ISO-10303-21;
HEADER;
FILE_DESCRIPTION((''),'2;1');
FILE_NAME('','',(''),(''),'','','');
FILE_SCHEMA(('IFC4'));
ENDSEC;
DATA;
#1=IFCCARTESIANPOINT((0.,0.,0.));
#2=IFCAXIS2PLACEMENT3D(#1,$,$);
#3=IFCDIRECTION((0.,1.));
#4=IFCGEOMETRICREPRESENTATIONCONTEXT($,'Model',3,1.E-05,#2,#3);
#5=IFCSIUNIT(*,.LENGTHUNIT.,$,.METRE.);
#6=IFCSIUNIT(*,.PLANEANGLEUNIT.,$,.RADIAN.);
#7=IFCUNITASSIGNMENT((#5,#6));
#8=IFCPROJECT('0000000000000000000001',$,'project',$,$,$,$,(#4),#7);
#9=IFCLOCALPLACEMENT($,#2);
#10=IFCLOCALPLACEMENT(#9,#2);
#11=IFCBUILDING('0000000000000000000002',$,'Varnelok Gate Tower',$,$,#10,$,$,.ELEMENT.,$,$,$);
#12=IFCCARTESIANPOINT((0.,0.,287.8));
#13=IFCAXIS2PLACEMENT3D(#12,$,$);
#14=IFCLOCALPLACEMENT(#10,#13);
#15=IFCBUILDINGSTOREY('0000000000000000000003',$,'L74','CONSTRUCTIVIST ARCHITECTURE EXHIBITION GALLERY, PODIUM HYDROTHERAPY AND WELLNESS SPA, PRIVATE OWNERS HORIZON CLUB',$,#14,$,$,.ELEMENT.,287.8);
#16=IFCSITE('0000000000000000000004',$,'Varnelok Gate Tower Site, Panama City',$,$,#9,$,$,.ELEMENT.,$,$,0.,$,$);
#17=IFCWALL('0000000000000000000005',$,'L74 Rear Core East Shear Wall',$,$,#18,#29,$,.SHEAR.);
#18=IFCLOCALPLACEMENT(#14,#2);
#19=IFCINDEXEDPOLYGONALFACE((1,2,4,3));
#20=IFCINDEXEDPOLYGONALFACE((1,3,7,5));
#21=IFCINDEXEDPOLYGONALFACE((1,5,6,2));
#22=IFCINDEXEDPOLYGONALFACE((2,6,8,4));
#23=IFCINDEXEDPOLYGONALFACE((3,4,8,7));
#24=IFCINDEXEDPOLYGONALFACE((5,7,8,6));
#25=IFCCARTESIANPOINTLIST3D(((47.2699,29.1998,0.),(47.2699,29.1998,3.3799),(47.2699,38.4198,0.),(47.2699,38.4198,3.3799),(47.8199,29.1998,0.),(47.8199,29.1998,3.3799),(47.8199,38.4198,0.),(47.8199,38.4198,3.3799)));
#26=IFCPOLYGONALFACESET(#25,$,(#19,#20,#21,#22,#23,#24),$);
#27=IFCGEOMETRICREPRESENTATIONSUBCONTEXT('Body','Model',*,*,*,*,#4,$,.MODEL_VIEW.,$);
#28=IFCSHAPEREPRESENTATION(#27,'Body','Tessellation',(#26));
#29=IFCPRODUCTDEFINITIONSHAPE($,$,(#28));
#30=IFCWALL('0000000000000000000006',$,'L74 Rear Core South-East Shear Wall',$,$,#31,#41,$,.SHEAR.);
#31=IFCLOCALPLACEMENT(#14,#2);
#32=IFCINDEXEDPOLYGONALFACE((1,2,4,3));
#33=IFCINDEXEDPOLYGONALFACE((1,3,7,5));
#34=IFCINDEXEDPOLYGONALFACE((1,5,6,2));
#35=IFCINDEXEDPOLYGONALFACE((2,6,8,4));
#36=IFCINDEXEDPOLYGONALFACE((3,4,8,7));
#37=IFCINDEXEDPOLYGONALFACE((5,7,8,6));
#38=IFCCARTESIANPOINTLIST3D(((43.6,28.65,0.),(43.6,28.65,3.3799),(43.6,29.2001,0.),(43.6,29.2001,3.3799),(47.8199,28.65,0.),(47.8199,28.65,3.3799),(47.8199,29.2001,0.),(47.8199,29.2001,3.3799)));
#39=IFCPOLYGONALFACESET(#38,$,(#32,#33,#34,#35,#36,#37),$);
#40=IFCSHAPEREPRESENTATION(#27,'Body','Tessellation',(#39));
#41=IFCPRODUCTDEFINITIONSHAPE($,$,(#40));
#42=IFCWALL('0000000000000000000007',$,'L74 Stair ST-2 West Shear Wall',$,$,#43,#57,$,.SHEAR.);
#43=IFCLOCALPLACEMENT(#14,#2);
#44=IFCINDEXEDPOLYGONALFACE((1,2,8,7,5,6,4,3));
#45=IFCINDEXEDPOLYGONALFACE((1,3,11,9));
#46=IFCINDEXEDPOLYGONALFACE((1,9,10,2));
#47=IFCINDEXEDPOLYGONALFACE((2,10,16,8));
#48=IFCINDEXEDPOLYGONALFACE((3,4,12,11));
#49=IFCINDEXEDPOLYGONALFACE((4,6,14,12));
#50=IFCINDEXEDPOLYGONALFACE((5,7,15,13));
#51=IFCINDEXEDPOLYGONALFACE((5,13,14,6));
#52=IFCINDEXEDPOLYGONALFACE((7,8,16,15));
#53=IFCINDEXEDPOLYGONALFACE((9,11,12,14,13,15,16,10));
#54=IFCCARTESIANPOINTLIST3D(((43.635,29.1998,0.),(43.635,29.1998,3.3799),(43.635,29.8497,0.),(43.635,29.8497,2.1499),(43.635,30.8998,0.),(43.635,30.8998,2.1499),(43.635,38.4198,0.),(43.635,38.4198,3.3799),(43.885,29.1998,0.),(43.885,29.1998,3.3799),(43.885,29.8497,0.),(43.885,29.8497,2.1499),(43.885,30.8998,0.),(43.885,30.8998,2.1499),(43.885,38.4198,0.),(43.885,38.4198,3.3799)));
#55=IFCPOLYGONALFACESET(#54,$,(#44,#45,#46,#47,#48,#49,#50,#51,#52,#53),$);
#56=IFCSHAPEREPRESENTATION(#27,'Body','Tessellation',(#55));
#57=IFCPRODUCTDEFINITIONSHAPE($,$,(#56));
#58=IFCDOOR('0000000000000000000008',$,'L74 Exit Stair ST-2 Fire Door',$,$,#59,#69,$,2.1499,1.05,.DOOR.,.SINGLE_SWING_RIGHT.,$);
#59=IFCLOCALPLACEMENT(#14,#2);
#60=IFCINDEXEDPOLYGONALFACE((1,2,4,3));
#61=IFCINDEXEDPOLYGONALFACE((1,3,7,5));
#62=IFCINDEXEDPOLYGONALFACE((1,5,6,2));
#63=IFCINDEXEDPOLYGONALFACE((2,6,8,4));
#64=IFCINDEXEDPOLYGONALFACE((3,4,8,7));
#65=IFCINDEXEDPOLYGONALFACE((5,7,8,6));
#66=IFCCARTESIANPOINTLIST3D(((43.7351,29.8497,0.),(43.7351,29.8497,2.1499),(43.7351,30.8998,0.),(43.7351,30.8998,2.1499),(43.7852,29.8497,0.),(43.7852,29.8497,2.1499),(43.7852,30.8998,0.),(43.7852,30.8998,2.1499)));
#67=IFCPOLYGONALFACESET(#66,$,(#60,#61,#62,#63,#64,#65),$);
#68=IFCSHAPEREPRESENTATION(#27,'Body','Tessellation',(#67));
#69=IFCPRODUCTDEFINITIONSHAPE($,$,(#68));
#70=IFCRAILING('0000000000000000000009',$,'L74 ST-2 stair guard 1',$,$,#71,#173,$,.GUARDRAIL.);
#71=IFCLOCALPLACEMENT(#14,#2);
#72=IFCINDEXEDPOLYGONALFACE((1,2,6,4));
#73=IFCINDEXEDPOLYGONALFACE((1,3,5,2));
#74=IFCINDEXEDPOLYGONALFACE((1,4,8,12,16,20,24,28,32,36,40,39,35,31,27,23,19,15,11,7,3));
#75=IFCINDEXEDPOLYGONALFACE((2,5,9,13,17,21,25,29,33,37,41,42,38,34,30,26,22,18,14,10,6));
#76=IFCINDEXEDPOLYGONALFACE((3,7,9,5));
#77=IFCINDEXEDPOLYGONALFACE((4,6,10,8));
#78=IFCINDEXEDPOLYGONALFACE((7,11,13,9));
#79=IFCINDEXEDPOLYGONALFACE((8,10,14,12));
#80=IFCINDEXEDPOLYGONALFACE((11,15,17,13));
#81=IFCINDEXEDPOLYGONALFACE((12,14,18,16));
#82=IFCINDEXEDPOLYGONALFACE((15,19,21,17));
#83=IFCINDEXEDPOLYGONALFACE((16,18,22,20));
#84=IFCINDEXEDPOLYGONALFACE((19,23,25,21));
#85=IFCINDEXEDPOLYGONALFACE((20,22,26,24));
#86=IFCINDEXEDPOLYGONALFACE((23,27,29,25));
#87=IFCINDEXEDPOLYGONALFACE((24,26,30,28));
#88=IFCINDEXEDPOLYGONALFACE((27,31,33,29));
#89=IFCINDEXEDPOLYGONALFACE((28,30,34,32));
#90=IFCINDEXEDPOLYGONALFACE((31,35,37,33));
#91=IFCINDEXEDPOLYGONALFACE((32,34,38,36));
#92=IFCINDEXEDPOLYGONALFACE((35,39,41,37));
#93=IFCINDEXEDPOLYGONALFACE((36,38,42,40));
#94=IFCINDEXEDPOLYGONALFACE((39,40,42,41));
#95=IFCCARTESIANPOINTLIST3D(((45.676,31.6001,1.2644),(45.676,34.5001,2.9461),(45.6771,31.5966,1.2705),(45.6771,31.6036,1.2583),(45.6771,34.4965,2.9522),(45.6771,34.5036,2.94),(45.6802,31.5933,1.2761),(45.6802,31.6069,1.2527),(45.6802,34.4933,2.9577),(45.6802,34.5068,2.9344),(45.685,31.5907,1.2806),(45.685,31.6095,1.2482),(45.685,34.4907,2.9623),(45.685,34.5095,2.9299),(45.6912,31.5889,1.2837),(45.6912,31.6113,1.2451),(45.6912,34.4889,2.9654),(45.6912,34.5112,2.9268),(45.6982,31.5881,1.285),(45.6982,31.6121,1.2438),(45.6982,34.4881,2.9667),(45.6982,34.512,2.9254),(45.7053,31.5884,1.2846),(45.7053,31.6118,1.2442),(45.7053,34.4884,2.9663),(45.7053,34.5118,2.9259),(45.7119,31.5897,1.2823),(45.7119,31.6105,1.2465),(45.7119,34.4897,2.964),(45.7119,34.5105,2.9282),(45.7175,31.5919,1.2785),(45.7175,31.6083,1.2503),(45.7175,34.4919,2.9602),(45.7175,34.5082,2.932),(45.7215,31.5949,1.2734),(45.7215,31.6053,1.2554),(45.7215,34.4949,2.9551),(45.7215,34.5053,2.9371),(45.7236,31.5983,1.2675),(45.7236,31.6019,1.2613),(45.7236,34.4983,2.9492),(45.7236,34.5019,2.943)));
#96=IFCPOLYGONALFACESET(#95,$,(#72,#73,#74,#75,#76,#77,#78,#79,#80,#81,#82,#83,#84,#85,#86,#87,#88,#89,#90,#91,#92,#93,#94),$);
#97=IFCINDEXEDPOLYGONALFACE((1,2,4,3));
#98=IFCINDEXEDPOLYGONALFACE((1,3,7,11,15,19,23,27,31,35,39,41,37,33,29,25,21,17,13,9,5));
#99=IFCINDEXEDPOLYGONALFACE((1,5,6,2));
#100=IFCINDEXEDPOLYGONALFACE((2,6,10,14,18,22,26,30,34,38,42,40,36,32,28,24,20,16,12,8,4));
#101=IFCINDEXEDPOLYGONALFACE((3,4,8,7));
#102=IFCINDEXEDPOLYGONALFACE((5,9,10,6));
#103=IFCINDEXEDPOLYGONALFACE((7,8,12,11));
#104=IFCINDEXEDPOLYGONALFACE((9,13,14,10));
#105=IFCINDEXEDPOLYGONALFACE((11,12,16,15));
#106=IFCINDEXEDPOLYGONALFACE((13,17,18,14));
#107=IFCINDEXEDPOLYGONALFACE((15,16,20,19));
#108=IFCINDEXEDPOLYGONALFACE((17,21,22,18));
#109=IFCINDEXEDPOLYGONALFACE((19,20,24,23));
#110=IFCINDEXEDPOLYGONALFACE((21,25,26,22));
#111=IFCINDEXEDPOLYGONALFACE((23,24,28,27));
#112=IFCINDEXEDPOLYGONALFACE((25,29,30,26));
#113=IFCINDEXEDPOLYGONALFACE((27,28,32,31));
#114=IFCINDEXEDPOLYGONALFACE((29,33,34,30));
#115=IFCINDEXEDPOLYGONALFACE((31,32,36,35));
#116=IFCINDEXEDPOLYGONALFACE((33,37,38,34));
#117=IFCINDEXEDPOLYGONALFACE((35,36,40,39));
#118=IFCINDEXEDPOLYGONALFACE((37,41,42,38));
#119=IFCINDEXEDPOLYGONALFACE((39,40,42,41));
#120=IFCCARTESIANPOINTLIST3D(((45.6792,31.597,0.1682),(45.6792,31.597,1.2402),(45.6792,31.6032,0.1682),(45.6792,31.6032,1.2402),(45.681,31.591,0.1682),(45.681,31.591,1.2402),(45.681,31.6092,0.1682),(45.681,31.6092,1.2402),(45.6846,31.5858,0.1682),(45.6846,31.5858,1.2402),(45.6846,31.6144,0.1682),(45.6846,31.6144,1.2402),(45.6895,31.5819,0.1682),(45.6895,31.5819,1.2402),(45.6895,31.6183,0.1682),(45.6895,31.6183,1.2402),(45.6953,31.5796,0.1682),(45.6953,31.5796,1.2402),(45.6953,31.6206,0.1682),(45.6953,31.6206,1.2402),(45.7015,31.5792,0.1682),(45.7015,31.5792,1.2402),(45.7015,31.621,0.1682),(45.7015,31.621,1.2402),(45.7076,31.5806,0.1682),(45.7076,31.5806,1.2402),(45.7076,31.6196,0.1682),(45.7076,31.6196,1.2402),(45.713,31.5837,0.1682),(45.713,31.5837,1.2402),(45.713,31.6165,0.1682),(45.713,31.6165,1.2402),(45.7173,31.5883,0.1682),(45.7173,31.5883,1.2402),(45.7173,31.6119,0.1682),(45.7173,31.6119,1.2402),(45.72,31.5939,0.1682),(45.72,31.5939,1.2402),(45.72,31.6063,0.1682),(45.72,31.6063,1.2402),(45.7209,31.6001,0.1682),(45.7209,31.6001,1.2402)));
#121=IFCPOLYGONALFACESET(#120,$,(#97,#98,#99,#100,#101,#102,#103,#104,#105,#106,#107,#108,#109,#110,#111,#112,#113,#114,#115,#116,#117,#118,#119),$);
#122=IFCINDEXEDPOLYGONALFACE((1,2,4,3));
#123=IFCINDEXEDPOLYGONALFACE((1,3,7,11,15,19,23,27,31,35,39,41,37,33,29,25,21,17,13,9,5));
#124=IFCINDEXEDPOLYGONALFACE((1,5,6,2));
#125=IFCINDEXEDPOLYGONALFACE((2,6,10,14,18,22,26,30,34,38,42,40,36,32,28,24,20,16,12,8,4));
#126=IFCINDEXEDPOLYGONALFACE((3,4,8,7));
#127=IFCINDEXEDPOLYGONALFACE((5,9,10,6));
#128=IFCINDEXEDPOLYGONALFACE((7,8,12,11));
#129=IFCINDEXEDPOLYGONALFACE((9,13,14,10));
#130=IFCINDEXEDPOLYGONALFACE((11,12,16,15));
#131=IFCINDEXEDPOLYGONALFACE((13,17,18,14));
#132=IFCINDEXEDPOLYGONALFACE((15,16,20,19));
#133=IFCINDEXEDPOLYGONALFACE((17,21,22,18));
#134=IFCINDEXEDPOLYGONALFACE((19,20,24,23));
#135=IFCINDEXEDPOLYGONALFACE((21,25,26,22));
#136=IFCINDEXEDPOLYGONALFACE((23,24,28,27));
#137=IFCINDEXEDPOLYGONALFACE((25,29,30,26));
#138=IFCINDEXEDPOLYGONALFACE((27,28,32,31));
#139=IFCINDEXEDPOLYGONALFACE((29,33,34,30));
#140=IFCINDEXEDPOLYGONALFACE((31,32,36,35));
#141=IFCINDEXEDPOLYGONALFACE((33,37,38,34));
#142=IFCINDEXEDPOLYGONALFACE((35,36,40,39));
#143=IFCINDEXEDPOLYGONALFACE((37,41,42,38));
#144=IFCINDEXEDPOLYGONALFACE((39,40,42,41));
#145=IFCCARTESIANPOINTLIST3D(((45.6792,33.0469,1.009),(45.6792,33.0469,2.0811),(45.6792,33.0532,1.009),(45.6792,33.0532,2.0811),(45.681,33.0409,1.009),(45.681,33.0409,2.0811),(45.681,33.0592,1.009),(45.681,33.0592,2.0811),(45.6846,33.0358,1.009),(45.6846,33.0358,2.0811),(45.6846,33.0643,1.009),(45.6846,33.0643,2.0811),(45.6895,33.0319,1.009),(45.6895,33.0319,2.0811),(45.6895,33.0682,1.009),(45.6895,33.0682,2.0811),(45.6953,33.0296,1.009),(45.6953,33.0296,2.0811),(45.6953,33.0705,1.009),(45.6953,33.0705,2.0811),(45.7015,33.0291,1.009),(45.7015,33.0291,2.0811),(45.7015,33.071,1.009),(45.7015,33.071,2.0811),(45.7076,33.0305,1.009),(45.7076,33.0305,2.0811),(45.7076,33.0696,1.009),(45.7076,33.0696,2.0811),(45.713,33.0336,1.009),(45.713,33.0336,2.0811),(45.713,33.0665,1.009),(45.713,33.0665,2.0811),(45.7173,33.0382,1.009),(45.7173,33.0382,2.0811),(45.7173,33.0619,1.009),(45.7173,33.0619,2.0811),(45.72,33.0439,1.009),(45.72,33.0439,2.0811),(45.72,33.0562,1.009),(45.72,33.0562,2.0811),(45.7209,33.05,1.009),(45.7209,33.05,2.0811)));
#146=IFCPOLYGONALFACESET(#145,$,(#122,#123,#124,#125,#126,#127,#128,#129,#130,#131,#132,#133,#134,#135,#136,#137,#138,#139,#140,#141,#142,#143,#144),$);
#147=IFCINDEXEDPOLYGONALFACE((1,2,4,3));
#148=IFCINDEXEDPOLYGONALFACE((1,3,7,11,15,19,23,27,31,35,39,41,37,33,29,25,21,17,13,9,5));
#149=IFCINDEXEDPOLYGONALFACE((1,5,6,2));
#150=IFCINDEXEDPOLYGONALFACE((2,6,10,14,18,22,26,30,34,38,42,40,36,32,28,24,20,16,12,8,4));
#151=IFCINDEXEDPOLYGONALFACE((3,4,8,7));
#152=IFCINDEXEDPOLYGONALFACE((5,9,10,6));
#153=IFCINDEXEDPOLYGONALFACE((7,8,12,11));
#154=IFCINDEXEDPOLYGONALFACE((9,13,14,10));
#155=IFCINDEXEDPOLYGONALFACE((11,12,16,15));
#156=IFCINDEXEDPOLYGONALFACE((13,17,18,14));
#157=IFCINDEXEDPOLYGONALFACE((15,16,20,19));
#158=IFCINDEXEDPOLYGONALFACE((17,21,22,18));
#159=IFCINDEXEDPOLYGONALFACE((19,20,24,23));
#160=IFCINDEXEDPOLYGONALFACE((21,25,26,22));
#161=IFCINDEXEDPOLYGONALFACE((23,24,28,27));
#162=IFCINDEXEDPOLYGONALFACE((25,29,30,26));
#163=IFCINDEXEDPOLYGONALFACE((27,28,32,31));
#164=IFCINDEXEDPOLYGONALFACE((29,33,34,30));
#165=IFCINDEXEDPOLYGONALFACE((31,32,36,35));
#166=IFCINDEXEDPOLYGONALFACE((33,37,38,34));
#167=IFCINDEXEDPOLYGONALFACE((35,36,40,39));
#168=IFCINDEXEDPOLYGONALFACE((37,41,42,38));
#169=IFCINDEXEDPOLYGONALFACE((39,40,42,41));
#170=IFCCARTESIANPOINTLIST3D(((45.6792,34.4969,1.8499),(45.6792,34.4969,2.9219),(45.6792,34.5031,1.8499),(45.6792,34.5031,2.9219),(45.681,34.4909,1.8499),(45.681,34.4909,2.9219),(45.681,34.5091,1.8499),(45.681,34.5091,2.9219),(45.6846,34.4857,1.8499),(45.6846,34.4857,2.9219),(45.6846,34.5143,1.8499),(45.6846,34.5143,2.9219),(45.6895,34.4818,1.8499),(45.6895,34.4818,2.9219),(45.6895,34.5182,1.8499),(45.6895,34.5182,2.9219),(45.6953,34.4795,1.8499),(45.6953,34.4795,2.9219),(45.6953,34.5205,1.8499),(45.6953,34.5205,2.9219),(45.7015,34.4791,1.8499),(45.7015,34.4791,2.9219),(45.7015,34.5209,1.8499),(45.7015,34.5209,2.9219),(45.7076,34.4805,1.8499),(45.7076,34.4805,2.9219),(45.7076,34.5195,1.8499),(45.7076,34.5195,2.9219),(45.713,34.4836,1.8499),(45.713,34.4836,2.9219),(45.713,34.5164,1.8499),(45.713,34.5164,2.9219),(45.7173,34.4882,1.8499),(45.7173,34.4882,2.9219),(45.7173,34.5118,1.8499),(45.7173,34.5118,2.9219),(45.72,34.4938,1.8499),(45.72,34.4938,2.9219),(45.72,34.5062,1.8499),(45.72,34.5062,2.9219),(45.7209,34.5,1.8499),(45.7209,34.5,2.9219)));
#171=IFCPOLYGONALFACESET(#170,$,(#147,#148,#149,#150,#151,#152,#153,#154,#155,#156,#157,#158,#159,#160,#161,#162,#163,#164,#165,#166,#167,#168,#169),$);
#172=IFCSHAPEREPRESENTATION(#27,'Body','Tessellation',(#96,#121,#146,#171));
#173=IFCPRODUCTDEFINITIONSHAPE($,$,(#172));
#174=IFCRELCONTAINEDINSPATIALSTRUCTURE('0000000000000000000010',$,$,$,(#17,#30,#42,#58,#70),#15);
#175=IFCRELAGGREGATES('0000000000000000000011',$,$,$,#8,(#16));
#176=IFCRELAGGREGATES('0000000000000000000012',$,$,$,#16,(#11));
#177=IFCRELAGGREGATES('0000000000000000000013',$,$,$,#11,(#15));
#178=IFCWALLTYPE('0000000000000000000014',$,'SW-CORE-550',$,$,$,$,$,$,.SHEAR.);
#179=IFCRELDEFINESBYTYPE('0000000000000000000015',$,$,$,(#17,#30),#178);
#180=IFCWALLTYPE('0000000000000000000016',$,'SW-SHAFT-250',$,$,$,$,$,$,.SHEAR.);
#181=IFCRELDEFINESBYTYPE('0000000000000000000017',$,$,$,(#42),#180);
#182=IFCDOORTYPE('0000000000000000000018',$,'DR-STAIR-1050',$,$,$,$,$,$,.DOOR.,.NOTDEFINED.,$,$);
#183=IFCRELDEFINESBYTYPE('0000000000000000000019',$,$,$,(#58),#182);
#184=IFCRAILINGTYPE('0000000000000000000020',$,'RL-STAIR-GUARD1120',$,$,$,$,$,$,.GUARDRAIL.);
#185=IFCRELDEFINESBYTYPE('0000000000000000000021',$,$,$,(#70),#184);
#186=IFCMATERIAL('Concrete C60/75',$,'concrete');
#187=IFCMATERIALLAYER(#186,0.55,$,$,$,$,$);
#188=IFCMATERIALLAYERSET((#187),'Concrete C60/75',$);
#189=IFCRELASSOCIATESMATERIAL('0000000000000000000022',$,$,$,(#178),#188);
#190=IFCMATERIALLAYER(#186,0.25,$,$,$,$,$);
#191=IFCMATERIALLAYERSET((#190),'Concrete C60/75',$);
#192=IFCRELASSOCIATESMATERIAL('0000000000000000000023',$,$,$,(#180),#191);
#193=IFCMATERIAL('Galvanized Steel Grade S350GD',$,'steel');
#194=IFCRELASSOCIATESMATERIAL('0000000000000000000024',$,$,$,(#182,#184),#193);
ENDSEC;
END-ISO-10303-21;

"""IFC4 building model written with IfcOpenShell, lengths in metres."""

from ifc_helpers import new_model, si_unit, direction, frame, frame_2d, origin, origin_2d, place, context, subcontext, project, spatial, rectangle, circle, extrude, material, layer, layer_set, type_object, element, fill, save


model = new_model("IFC4")

# Units and contexts
model_context = context("Model", 3, precision=1e-05, world=origin(), true_north=direction((0.0, 1.0)))
body_context = subcontext(model_context, "Body", "Model", "MODEL_VIEW")
ifc_project = project(units=[si_unit("LENGTHUNIT", "METRE"), si_unit("PLANEANGLEUNIT", "RADIAN")], contexts=[model_context])

# Site, building, storey
site_placement = place(None, origin())
site = spatial("IfcSite", under=ifc_project, at=site_placement, Name="Varnelok Gate Tower Site, Panama City", CompositionType="ELEMENT", RefElevation=0.0)
building_placement = place(site_placement, origin())
building = spatial("IfcBuilding", under=site, at=building_placement, Name="Varnelok Gate Tower", CompositionType="ELEMENT")
storey_placement = place(building_placement, frame((0.0, 0.0, 287.8)))
storey = spatial("IfcBuildingStorey", under=building, at=storey_placement, Name="L74", Description="CONSTRUCTIVIST ARCHITECTURE EXHIBITION GALLERY, PODIUM HYDROTHERAPY AND WELLNESS SPA, PRIVATE OWNERS HORIZON CLUB", CompositionType="ELEMENT", Elevation=287.8)

# Shared definitions
ifc_material_1 = material(Name="Galvanized Steel Grade S350GD", Category="steel")

# Walls
ifc_material_2 = material(Name="Concrete C60/75", Category="concrete")
ifc_layer_1 = layer(ifc_material_2, 0.55)
ifc_layer_set_1 = layer_set([ifc_layer_1], Name="Concrete C60/75")
wall_type_1 = type_object("IfcWallType", Name="SW-CORE-550", PredefinedType="SHEAR", material=ifc_layer_set_1)
wall_1_placement = place(storey_placement, frame((47.5449, 29.2, 0.0), z_axis=(0.0, 0.0, 1.0), x_axis=(0.0, 1.0, 0.0)))
element("IfcWall", 1, at=wall_1_placement, inside=storey, type_object=wall_type_1, Name="L74 Rear Core East Shear Wall", PredefinedType="SHEAR", context=body_context, shape_type="SweptSolid", body=[
    extrude(rectangle(XDim=9.22, YDim=0.55, at=frame_2d((4.6099, 0.0))), origin(), (0.0, 0.0, 1.0), 3.3799),
])
wall_2_placement = place(storey_placement, frame((43.6001, 28.925, 0.0), z_axis=(0.0, 0.0, 1.0), x_axis=(1.0, 0.0, 0.0)))
element("IfcWall", 2, at=wall_2_placement, inside=storey, type_object=wall_type_1, Name="L74 Rear Core South-East Shear Wall", PredefinedType="SHEAR", context=body_context, shape_type="SweptSolid", body=[
    extrude(rectangle(XDim=4.22, YDim=0.55, at=frame_2d((2.1099, 0.0))), origin(), (0.0, 0.0, 1.0), 3.3799),
])

# Wall, opening, door
ifc_layer_2 = layer(ifc_material_2, 0.25)
ifc_layer_set_2 = layer_set([ifc_layer_2], Name="Concrete C60/75")
wall_type_2 = type_object("IfcWallType", Name="SW-SHAFT-250", PredefinedType="SHEAR", material=ifc_layer_set_2)
wall_3_placement = place(storey_placement, frame((43.76, 29.2, 0.0), z_axis=(0.0, 0.0, 1.0), x_axis=(0.0, 1.0, 0.0)))
wall_3 = element("IfcWall", 3, at=wall_3_placement, inside=storey, type_object=wall_type_2, Name="L74 Stair ST-2 West Shear Wall", PredefinedType="SHEAR", context=body_context, shape_type="SweptSolid", body=[
    extrude(rectangle(XDim=9.22, YDim=0.25, at=frame_2d((4.6099, 0.0))), origin(), (0.0, 0.0, 1.0), 3.3799),
])
opening_1_placement = place(wall_3_placement, frame((0.6499, 0.0, 0.0)))
opening_1 = element("IfcOpeningElement", 4, at=opening_1_placement, cuts=wall_3, PredefinedType="OPENING", context=body_context, shape_type="SweptSolid", body=[
    extrude(rectangle(XDim=1.05, YDim=2.1499, at=frame_2d((0.5249, 1.075))), frame((0.0, 0.135, 0.0), z_axis=(0.0, -1.0, 0.0), x_axis=(1.0, 0.0, 0.0)), (0.0, 0.0, 1.0), 0.27),
])
door_type_1 = type_object("IfcDoorType", Name="DR-STAIR-1050", OperationType="NOTDEFINED", PredefinedType="DOOR", material=ifc_material_1)
door_1_placement = place(opening_1_placement, origin())
door_1 = element("IfcDoor", 5, at=door_1_placement, inside=storey, type_object=door_type_1, Name="L74 Exit Stair ST-2 Fire Door", OperationType="SINGLE_SWING_RIGHT", OverallHeight=2.1499, OverallWidth=1.05, PredefinedType="DOOR", context=body_context, shape_type="SweptSolid", body=[
    extrude(rectangle(XDim=1.05, YDim=2.1499, at=frame_2d((0.5249, 1.075))), frame((0.0, 0.0249, 0.0), z_axis=(0.0, -1.0, 0.0), x_axis=(1.0, 0.0, 0.0)), (0.0, 0.0, 1.0), 0.05),
])
fill(opening_1, door_1)

# Railing
railing_type_1 = type_object("IfcRailingType", Name="RL-STAIR-GUARD1120", PredefinedType="GUARDRAIL", material=ifc_material_1)
railing_1_placement = place(storey_placement, frame((45.7, 31.6001, 0.1682)))
element("IfcRailing", 6, at=railing_1_placement, inside=storey, type_object=railing_type_1, Name="L74 ST-2 stair guard 1", PredefinedType="GUARDRAIL", context=body_context, shape_type="SweptSolid", body=[
    extrude(circle(Radius=0.0239, at=origin_2d()), frame((0.0, 0.0, 1.0962), z_axis=(0.0, 0.86507, 0.501651), x_axis=(-1.0, 0.0, 0.0)), (0.0, 0.0, 1.0), 3.3523),
    extrude(circle(Radius=0.021, at=origin_2d()), origin(), (0.0, 0.0, 1.0), 1.072),
    extrude(circle(Radius=0.021, at=origin_2d()), frame((0.0, 1.45, 0.8408)), (0.0, 0.0, 1.0), 1.072),
    extrude(circle(Radius=0.021, at=origin_2d()), frame((0.0, 2.8999, 1.6816)), (0.0, 0.0, 1.0), 1.072),
])

save(model, "model.ifc")
